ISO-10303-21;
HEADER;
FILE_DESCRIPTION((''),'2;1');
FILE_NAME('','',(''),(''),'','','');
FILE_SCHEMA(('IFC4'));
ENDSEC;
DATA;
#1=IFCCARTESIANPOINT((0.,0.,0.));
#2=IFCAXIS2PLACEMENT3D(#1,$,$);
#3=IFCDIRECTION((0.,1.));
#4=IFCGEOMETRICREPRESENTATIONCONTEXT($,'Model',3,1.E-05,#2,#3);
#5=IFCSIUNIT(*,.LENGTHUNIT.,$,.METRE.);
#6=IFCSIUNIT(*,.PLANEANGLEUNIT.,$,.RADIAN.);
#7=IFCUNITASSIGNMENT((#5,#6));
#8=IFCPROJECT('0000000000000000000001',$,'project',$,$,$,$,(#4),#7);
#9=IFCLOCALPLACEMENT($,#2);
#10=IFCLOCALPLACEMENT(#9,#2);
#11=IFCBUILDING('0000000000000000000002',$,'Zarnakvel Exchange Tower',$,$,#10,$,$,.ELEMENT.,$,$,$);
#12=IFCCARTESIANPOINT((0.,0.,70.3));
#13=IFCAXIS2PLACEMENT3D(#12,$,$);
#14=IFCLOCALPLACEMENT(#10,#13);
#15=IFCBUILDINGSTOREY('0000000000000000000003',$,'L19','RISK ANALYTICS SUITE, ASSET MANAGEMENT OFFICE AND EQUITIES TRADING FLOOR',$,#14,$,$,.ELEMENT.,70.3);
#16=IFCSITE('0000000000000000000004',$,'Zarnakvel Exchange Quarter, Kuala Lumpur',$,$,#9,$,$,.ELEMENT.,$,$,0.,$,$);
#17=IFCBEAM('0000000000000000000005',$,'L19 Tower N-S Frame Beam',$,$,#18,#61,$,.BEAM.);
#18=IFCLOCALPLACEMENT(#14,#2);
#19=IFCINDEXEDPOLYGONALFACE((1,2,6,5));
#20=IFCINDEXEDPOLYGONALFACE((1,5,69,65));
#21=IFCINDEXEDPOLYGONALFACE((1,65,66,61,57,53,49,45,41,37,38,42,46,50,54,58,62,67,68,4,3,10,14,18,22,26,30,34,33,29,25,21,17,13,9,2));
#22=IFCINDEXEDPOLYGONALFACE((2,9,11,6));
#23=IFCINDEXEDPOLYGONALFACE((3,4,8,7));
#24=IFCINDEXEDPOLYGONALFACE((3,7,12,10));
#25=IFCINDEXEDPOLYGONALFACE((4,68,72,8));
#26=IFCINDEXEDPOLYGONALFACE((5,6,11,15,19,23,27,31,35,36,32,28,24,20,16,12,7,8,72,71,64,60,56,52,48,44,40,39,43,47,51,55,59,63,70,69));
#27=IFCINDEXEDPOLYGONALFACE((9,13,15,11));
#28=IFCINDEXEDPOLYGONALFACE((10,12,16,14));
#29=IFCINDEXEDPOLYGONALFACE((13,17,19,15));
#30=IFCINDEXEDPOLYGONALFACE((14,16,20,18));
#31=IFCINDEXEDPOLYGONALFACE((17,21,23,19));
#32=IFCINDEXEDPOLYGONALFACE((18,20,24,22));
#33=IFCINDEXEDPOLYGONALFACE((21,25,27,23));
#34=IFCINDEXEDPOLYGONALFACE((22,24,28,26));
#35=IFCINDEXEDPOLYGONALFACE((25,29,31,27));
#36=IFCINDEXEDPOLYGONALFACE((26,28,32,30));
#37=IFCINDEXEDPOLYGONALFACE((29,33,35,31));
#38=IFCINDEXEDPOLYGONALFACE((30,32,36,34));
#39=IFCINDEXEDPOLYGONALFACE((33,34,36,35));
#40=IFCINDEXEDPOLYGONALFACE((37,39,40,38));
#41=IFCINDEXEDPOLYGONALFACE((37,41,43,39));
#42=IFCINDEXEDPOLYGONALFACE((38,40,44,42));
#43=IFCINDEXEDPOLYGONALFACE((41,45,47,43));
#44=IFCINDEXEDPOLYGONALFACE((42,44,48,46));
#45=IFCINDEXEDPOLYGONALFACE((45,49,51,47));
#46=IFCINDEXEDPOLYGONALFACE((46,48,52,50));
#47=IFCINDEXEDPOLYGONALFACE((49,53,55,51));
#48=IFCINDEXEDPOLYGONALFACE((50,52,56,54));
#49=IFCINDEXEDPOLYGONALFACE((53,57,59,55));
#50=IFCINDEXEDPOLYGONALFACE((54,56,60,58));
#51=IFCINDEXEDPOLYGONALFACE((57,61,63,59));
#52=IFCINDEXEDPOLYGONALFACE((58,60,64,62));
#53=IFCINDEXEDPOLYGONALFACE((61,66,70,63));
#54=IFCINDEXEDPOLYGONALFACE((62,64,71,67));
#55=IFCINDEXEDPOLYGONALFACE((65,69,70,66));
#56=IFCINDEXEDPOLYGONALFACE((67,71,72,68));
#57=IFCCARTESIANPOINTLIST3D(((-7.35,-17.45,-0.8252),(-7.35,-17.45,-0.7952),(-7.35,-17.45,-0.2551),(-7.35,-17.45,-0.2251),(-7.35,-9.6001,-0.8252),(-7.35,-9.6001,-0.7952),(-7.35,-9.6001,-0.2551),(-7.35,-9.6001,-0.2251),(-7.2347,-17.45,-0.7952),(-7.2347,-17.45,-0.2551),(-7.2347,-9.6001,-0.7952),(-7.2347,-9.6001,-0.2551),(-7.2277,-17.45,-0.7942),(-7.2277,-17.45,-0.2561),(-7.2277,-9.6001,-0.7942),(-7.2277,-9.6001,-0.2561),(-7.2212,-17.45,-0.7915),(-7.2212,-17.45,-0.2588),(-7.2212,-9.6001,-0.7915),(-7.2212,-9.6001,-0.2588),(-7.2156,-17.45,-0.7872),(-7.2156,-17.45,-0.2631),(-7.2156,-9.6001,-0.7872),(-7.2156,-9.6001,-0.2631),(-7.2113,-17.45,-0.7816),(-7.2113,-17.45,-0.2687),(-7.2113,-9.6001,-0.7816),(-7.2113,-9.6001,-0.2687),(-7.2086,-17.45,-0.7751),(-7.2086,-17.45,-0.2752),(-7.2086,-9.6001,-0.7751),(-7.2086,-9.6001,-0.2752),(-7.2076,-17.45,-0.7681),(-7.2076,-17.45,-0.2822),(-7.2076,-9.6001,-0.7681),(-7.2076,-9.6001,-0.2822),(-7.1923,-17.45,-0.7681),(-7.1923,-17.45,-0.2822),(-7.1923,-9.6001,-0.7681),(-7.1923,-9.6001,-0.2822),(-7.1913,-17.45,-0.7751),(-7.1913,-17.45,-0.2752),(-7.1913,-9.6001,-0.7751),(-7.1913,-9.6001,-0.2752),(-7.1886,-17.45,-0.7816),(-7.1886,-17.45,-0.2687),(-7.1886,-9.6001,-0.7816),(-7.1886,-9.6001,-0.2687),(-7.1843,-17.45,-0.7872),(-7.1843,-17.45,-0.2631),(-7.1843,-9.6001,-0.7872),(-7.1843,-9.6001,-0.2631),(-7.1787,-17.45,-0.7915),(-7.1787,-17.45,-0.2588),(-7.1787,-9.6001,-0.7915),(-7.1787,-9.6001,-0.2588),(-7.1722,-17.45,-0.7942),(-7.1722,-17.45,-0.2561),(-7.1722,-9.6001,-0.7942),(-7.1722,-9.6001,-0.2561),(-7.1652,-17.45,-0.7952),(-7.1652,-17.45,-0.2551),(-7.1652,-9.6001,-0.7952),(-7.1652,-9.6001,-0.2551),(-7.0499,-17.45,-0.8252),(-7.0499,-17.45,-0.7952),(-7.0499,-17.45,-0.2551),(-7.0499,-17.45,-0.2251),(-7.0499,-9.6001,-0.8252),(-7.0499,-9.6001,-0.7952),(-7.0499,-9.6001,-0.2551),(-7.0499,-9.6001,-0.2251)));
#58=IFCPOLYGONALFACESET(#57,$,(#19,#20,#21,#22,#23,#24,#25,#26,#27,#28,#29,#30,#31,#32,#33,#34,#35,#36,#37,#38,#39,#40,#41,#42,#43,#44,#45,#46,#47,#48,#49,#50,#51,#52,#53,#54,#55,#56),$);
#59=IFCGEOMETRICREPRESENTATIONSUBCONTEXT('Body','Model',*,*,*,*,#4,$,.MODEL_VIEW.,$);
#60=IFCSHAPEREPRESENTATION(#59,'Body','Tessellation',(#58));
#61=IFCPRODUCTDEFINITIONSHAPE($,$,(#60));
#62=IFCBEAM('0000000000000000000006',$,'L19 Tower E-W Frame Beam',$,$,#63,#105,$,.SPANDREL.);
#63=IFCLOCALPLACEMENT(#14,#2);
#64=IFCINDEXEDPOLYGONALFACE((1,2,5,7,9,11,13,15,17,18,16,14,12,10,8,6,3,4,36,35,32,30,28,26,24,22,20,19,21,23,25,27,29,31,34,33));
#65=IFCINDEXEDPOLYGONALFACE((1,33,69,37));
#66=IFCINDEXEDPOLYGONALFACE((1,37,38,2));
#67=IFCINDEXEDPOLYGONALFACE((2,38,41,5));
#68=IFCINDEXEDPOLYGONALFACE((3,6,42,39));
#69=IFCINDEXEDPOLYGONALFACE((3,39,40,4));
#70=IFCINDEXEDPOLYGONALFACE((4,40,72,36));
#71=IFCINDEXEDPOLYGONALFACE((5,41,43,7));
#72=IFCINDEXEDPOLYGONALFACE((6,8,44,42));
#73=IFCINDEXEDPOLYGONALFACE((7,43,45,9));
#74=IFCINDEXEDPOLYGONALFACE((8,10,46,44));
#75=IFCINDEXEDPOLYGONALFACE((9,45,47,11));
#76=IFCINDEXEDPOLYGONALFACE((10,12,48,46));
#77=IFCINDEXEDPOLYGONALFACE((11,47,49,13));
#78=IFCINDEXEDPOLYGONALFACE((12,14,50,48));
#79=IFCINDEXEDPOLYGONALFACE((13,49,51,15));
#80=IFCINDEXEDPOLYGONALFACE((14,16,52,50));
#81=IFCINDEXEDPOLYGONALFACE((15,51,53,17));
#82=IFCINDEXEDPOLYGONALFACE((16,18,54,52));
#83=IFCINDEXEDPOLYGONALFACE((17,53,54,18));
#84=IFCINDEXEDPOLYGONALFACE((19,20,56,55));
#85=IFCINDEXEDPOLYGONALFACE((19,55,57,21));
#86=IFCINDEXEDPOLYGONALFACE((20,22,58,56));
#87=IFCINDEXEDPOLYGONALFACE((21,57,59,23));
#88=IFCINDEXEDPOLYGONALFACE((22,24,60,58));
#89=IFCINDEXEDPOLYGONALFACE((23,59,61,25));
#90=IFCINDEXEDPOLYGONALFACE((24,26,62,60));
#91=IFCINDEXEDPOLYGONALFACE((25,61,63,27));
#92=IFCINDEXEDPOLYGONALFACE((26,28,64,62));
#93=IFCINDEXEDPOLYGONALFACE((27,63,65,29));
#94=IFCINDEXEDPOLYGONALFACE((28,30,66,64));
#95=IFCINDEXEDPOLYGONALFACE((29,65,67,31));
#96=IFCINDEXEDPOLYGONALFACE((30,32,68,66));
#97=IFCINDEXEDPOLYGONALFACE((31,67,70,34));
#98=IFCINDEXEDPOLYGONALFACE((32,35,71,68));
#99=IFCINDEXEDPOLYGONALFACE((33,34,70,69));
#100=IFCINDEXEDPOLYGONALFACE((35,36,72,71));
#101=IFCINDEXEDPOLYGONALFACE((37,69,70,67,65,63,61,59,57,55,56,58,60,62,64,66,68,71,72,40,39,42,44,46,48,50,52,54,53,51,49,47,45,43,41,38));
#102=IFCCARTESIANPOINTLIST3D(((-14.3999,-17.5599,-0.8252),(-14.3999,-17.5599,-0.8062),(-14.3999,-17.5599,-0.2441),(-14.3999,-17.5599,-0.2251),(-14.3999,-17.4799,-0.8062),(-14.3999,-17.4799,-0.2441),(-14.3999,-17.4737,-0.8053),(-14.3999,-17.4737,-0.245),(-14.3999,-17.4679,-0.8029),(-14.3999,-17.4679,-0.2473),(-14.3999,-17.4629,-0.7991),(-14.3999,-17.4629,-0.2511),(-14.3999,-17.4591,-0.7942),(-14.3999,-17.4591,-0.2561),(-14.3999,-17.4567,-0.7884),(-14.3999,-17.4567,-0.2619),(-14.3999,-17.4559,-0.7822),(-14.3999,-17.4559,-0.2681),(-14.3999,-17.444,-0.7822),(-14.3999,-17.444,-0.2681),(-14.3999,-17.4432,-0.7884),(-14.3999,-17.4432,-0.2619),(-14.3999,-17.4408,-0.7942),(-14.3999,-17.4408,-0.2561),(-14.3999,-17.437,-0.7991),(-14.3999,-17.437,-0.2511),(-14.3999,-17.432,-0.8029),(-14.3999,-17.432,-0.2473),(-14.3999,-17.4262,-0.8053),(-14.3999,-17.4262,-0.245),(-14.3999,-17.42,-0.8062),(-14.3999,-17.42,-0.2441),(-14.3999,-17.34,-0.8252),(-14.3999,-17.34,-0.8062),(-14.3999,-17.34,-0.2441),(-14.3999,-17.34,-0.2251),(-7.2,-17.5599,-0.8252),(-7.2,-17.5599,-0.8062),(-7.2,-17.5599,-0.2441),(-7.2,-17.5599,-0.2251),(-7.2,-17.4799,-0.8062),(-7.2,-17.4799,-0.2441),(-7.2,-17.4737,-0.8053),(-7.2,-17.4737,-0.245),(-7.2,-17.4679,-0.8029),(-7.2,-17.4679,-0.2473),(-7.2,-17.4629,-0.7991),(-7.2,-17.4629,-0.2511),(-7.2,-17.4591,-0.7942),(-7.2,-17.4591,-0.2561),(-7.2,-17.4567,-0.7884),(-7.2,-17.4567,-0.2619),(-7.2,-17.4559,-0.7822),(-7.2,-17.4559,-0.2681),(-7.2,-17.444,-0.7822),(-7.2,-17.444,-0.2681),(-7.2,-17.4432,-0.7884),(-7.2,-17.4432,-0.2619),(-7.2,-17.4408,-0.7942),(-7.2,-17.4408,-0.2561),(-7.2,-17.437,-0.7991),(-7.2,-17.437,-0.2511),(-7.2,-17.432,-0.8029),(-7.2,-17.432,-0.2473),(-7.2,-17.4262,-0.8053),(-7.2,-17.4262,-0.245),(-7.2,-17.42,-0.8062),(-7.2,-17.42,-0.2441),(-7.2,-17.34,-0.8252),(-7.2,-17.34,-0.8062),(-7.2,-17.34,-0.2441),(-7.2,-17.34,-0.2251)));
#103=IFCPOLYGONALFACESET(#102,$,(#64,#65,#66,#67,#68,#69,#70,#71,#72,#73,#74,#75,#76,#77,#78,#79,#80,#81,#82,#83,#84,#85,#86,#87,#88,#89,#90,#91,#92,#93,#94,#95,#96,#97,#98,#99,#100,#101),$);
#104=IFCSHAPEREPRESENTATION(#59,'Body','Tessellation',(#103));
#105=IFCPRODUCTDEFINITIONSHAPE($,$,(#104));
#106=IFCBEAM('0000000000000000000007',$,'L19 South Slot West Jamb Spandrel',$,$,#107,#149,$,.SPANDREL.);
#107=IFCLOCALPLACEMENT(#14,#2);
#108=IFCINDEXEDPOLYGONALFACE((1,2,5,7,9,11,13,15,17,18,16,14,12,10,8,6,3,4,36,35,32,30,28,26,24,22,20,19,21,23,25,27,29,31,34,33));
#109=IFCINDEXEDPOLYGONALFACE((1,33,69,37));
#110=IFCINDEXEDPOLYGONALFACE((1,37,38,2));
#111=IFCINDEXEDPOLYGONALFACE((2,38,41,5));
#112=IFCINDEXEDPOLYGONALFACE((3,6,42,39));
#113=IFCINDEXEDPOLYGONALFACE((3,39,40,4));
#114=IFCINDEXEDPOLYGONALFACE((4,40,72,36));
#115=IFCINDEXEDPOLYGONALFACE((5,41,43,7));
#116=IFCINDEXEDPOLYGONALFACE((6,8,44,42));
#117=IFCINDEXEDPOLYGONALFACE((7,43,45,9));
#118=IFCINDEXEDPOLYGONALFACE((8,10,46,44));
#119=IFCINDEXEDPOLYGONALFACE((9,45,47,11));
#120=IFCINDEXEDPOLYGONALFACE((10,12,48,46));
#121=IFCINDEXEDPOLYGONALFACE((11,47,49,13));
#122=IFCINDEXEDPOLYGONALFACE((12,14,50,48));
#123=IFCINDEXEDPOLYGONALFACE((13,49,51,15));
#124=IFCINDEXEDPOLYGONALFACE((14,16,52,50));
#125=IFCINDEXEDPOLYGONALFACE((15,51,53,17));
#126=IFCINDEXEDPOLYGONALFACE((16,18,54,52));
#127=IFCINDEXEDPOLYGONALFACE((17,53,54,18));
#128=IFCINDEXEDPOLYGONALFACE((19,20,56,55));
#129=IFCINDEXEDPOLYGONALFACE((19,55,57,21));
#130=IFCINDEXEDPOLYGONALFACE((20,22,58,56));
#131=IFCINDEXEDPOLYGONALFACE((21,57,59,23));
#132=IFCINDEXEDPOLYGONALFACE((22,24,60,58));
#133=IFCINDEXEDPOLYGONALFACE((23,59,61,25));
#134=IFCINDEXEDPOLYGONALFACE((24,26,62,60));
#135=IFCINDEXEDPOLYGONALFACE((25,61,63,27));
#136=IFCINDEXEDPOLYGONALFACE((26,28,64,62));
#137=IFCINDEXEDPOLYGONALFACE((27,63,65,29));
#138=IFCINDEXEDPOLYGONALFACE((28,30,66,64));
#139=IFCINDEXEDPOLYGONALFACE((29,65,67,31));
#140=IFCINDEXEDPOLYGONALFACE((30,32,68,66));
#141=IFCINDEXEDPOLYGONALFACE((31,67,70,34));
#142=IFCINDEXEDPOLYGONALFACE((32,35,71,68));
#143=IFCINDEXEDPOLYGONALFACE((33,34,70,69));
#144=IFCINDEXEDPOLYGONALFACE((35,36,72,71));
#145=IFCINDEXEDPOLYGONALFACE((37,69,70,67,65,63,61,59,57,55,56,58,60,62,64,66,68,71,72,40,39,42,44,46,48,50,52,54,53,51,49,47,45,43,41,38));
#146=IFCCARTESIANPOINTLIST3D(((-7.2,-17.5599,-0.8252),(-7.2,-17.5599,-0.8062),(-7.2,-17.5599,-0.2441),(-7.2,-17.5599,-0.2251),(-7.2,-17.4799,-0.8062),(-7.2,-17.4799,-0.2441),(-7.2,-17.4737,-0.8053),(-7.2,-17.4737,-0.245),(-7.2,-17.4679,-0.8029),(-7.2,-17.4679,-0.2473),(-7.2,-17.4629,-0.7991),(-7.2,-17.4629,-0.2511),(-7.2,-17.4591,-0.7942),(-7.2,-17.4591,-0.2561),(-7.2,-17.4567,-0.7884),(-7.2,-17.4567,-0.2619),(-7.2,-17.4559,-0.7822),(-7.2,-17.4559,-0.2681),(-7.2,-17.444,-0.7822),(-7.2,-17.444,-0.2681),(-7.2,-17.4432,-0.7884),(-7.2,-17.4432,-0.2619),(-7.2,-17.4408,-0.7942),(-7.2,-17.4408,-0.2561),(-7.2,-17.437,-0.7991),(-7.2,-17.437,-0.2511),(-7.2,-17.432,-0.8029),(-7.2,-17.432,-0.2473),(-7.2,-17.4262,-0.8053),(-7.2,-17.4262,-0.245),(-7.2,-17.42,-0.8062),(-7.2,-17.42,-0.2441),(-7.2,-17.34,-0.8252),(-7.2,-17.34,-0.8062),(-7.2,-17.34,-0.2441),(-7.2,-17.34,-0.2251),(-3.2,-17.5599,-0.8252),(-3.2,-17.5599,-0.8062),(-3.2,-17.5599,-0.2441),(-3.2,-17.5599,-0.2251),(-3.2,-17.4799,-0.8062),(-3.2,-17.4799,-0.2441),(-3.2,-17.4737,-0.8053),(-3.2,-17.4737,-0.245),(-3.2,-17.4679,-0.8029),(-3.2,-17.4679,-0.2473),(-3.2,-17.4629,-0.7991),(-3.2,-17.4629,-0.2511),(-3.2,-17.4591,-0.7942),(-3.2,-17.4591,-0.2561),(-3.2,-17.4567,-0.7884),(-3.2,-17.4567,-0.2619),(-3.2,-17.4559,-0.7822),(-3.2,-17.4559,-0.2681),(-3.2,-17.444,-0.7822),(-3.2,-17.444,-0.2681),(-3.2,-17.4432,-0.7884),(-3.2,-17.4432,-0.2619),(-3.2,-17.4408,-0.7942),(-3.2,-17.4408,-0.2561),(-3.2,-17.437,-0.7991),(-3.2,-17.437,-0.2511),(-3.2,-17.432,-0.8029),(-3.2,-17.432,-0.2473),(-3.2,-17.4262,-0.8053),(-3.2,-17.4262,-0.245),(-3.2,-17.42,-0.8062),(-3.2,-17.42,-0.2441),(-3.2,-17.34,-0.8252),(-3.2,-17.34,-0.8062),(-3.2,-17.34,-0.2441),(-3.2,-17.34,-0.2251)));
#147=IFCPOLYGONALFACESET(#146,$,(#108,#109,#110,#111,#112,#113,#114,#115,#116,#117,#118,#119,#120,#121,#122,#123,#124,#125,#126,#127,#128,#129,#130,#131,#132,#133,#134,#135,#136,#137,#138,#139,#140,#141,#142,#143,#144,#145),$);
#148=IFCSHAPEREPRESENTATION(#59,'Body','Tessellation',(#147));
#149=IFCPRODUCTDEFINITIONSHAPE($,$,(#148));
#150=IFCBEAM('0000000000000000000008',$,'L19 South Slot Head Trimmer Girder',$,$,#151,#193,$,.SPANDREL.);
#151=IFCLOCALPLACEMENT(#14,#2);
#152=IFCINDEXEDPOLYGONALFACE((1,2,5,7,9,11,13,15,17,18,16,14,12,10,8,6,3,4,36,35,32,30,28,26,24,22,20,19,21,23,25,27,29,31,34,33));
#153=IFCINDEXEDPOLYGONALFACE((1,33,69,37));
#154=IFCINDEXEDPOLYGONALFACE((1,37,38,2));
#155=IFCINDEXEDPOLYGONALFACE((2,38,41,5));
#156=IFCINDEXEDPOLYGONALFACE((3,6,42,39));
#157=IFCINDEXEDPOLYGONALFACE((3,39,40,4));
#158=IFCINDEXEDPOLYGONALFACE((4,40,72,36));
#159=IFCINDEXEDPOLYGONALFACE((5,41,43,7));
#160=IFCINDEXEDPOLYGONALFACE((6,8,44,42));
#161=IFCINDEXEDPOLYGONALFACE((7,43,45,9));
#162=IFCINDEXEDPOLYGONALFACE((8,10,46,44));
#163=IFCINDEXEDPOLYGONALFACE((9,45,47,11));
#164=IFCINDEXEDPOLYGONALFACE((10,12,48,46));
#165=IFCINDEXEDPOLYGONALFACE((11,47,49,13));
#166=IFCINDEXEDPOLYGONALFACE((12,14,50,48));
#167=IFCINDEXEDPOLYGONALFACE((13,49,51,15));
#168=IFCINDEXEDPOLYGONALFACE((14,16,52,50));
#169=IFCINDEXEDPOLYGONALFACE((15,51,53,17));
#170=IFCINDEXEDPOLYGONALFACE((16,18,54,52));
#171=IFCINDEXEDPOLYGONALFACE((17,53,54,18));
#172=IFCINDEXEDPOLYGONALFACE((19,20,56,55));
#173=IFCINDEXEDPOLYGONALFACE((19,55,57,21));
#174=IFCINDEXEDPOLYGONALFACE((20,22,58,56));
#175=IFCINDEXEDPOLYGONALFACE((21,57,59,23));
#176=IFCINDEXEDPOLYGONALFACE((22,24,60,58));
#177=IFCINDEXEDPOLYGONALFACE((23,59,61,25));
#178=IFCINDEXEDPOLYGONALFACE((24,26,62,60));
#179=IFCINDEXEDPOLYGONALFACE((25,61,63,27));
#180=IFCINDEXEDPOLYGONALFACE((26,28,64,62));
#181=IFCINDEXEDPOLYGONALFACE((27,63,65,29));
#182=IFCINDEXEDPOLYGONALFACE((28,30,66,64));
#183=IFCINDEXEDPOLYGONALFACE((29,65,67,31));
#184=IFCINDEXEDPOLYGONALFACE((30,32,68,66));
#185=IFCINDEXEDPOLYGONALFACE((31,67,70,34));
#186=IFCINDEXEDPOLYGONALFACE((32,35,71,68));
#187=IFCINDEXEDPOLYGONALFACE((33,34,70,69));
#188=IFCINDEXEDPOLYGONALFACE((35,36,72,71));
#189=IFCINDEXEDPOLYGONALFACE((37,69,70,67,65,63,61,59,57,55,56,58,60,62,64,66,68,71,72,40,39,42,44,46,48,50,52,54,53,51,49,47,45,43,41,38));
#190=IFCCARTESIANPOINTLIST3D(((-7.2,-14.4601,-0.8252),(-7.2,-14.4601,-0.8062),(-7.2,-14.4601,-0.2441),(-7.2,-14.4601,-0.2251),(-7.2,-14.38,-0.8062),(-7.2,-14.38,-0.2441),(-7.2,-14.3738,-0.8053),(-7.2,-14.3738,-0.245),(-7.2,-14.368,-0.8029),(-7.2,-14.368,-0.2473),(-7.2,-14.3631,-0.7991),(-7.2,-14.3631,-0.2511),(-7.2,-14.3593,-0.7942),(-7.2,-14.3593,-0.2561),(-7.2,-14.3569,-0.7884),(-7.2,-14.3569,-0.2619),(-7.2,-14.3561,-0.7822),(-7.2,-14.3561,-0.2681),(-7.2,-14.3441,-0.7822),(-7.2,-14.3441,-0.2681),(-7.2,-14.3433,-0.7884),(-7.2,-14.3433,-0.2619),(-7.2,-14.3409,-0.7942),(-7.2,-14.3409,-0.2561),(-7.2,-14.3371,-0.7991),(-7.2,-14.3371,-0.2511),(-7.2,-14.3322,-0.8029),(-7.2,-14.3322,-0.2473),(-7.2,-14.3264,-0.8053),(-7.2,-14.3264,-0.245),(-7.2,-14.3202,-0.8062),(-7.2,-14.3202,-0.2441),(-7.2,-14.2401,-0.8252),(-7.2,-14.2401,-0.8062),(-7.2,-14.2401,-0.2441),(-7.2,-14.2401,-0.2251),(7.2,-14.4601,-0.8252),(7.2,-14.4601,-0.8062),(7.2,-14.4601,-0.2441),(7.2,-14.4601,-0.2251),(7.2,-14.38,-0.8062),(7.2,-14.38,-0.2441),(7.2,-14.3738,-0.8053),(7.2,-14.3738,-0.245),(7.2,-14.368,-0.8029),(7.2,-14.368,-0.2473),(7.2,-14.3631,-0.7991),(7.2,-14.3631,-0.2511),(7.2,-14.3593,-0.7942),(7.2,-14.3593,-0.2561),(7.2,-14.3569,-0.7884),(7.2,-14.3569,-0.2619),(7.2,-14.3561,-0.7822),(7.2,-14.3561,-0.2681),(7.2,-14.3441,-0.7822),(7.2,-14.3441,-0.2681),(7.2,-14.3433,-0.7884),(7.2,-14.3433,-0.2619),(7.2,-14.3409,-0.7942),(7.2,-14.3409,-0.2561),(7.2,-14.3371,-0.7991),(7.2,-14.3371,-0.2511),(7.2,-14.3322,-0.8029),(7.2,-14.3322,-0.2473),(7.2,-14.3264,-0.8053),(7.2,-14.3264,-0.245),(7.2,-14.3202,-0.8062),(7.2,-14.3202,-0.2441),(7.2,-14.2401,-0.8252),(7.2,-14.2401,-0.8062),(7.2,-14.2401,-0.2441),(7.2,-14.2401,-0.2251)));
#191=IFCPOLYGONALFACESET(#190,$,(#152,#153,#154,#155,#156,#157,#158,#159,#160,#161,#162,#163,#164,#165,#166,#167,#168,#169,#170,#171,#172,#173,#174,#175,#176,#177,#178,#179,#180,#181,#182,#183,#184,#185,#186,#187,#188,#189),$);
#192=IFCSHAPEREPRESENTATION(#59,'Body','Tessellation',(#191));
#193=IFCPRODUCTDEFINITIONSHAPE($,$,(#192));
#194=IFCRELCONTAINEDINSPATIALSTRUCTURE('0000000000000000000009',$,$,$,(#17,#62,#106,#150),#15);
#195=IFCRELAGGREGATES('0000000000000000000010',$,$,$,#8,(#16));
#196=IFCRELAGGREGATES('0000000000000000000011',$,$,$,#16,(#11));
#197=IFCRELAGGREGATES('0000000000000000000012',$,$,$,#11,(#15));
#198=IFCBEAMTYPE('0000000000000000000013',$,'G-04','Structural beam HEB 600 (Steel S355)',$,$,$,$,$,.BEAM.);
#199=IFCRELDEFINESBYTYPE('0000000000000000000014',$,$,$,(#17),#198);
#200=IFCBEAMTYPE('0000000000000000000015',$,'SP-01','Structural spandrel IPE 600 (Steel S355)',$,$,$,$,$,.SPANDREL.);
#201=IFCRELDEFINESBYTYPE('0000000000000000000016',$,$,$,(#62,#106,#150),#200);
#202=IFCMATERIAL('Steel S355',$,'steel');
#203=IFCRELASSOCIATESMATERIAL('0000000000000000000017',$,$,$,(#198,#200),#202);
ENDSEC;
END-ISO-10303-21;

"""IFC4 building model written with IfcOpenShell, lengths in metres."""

from ifc_helpers import new_model, si_unit, direction, frame, origin, origin_2d, place, context, subcontext, project, spatial, i_section, extrude, material, material_profile, profile_set, type_object, element, save


model = new_model("IFC4")

# Units and contexts
model_context = context("Model", 3, precision=1e-05, world=origin(), true_north=direction((0.0, 1.0)))
body_context = subcontext(model_context, "Body", "Model", "MODEL_VIEW")
ifc_project = project(units=[si_unit("LENGTHUNIT", "METRE"), si_unit("PLANEANGLEUNIT", "RADIAN")], contexts=[model_context])

# Site, building, storey
site_placement = place(None, origin())
site = spatial("IfcSite", under=ifc_project, at=site_placement, Name="Zarnakvel Exchange Quarter, Kuala Lumpur", CompositionType="ELEMENT", RefElevation=0.0)
building_placement = place(site_placement, origin())
building = spatial("IfcBuilding", under=site, at=building_placement, Name="Zarnakvel Exchange Tower", CompositionType="ELEMENT")
storey_placement = place(building_placement, frame((0.0, 0.0, 70.3)))
storey = spatial("IfcBuildingStorey", under=building, at=storey_placement, Name="L19", Description="RISK ANALYTICS SUITE, ASSET MANAGEMENT OFFICE AND EQUITIES TRADING FLOOR", CompositionType="ELEMENT", Elevation=70.3)

# Beams
ifc_material_1 = material(Name="Steel S355", Category="steel")
ifc_material_profile_1 = material_profile(ifc_material_1, i_section(OverallWidth=0.3, OverallDepth=0.6001, WebThickness=0.0154, FlangeThickness=0.03, FilletRadius=0.0271, at=origin_2d()))
ifc_profile_set_1 = profile_set([ifc_material_profile_1], Name="Steel S355")
beam_type_1 = type_object("IfcBeamType", Name="G-04", Description="Structural beam HEB 600 (Steel S355)", PredefinedType="BEAM", material=ifc_profile_set_1)
for number, where, z_axis, x_axis, name in (
    (1, (-7.2, -17.45, -0.5251), (0.0, 1.0, 0.0), (-1.0, 0.0, 0.0), "L19 Tower N-S Frame Beam"),
):
    element("IfcBeam", number, at=place(storey_placement, frame(where, z_axis=z_axis, x_axis=x_axis)), inside=storey, type_object=beam_type_1, Name=name, PredefinedType="BEAM", context=body_context, shape_type="SweptSolid", body=[
        extrude(i_section(OverallWidth=0.3, OverallDepth=0.6001, WebThickness=0.0154, FlangeThickness=0.03, FilletRadius=0.0271, at=origin_2d()), origin(), (0.0, 0.0, 1.0), 7.8499),
    ])
ifc_material_profile_2 = material_profile(ifc_material_1, i_section(OverallWidth=0.22, OverallDepth=0.6001, WebThickness=0.012, FlangeThickness=0.019, FilletRadius=0.0239, at=origin_2d()))
ifc_profile_set_2 = profile_set([ifc_material_profile_2], Name="Steel S355")
beam_type_2 = type_object("IfcBeamType", Name="SP-01", Description="Structural spandrel IPE 600 (Steel S355)", PredefinedType="SPANDREL", material=ifc_profile_set_2)
beam_1_placement = place(storey_placement, frame((-14.3999, -17.45, -0.5251), z_axis=(1.0, 0.0, 0.0), x_axis=(0.0, 1.0, 0.0)))
element("IfcBeam", 2, at=beam_1_placement, inside=storey, type_object=beam_type_2, Name="L19 Tower E-W Frame Beam", PredefinedType="SPANDREL", context=body_context, shape_type="SweptSolid", body=[
    extrude(i_section(OverallWidth=0.22, OverallDepth=0.6001, WebThickness=0.012, FlangeThickness=0.019, FilletRadius=0.0239, at=origin_2d()), origin(), (0.0, 0.0, 1.0), 7.2),
])
beam_2_placement = place(storey_placement, frame((-7.2, -17.45, -0.5251), z_axis=(1.0, 0.0, 0.0), x_axis=(0.0, 1.0, 0.0)))
element("IfcBeam", 3, at=beam_2_placement, inside=storey, type_object=beam_type_2, Name="L19 South Slot West Jamb Spandrel", PredefinedType="SPANDREL", context=body_context, shape_type="SweptSolid", body=[
    extrude(i_section(OverallWidth=0.22, OverallDepth=0.6001, WebThickness=0.012, FlangeThickness=0.019, FilletRadius=0.0239, at=origin_2d()), origin(), (0.0, 0.0, 1.0), 4.0),
])
beam_3_placement = place(storey_placement, frame((-7.2, -14.3501, -0.5251), z_axis=(1.0, 0.0, 0.0), x_axis=(0.0, 1.0, 0.0)))
element("IfcBeam", 4, at=beam_3_placement, inside=storey, type_object=beam_type_2, Name="L19 South Slot Head Trimmer Girder", PredefinedType="SPANDREL", context=body_context, shape_type="SweptSolid", body=[
    extrude(i_section(OverallWidth=0.22, OverallDepth=0.6001, WebThickness=0.012, FlangeThickness=0.019, FilletRadius=0.0239, at=origin_2d()), origin(), (0.0, 0.0, 1.0), 14.3999),
])

save(model, "model.ifc")
